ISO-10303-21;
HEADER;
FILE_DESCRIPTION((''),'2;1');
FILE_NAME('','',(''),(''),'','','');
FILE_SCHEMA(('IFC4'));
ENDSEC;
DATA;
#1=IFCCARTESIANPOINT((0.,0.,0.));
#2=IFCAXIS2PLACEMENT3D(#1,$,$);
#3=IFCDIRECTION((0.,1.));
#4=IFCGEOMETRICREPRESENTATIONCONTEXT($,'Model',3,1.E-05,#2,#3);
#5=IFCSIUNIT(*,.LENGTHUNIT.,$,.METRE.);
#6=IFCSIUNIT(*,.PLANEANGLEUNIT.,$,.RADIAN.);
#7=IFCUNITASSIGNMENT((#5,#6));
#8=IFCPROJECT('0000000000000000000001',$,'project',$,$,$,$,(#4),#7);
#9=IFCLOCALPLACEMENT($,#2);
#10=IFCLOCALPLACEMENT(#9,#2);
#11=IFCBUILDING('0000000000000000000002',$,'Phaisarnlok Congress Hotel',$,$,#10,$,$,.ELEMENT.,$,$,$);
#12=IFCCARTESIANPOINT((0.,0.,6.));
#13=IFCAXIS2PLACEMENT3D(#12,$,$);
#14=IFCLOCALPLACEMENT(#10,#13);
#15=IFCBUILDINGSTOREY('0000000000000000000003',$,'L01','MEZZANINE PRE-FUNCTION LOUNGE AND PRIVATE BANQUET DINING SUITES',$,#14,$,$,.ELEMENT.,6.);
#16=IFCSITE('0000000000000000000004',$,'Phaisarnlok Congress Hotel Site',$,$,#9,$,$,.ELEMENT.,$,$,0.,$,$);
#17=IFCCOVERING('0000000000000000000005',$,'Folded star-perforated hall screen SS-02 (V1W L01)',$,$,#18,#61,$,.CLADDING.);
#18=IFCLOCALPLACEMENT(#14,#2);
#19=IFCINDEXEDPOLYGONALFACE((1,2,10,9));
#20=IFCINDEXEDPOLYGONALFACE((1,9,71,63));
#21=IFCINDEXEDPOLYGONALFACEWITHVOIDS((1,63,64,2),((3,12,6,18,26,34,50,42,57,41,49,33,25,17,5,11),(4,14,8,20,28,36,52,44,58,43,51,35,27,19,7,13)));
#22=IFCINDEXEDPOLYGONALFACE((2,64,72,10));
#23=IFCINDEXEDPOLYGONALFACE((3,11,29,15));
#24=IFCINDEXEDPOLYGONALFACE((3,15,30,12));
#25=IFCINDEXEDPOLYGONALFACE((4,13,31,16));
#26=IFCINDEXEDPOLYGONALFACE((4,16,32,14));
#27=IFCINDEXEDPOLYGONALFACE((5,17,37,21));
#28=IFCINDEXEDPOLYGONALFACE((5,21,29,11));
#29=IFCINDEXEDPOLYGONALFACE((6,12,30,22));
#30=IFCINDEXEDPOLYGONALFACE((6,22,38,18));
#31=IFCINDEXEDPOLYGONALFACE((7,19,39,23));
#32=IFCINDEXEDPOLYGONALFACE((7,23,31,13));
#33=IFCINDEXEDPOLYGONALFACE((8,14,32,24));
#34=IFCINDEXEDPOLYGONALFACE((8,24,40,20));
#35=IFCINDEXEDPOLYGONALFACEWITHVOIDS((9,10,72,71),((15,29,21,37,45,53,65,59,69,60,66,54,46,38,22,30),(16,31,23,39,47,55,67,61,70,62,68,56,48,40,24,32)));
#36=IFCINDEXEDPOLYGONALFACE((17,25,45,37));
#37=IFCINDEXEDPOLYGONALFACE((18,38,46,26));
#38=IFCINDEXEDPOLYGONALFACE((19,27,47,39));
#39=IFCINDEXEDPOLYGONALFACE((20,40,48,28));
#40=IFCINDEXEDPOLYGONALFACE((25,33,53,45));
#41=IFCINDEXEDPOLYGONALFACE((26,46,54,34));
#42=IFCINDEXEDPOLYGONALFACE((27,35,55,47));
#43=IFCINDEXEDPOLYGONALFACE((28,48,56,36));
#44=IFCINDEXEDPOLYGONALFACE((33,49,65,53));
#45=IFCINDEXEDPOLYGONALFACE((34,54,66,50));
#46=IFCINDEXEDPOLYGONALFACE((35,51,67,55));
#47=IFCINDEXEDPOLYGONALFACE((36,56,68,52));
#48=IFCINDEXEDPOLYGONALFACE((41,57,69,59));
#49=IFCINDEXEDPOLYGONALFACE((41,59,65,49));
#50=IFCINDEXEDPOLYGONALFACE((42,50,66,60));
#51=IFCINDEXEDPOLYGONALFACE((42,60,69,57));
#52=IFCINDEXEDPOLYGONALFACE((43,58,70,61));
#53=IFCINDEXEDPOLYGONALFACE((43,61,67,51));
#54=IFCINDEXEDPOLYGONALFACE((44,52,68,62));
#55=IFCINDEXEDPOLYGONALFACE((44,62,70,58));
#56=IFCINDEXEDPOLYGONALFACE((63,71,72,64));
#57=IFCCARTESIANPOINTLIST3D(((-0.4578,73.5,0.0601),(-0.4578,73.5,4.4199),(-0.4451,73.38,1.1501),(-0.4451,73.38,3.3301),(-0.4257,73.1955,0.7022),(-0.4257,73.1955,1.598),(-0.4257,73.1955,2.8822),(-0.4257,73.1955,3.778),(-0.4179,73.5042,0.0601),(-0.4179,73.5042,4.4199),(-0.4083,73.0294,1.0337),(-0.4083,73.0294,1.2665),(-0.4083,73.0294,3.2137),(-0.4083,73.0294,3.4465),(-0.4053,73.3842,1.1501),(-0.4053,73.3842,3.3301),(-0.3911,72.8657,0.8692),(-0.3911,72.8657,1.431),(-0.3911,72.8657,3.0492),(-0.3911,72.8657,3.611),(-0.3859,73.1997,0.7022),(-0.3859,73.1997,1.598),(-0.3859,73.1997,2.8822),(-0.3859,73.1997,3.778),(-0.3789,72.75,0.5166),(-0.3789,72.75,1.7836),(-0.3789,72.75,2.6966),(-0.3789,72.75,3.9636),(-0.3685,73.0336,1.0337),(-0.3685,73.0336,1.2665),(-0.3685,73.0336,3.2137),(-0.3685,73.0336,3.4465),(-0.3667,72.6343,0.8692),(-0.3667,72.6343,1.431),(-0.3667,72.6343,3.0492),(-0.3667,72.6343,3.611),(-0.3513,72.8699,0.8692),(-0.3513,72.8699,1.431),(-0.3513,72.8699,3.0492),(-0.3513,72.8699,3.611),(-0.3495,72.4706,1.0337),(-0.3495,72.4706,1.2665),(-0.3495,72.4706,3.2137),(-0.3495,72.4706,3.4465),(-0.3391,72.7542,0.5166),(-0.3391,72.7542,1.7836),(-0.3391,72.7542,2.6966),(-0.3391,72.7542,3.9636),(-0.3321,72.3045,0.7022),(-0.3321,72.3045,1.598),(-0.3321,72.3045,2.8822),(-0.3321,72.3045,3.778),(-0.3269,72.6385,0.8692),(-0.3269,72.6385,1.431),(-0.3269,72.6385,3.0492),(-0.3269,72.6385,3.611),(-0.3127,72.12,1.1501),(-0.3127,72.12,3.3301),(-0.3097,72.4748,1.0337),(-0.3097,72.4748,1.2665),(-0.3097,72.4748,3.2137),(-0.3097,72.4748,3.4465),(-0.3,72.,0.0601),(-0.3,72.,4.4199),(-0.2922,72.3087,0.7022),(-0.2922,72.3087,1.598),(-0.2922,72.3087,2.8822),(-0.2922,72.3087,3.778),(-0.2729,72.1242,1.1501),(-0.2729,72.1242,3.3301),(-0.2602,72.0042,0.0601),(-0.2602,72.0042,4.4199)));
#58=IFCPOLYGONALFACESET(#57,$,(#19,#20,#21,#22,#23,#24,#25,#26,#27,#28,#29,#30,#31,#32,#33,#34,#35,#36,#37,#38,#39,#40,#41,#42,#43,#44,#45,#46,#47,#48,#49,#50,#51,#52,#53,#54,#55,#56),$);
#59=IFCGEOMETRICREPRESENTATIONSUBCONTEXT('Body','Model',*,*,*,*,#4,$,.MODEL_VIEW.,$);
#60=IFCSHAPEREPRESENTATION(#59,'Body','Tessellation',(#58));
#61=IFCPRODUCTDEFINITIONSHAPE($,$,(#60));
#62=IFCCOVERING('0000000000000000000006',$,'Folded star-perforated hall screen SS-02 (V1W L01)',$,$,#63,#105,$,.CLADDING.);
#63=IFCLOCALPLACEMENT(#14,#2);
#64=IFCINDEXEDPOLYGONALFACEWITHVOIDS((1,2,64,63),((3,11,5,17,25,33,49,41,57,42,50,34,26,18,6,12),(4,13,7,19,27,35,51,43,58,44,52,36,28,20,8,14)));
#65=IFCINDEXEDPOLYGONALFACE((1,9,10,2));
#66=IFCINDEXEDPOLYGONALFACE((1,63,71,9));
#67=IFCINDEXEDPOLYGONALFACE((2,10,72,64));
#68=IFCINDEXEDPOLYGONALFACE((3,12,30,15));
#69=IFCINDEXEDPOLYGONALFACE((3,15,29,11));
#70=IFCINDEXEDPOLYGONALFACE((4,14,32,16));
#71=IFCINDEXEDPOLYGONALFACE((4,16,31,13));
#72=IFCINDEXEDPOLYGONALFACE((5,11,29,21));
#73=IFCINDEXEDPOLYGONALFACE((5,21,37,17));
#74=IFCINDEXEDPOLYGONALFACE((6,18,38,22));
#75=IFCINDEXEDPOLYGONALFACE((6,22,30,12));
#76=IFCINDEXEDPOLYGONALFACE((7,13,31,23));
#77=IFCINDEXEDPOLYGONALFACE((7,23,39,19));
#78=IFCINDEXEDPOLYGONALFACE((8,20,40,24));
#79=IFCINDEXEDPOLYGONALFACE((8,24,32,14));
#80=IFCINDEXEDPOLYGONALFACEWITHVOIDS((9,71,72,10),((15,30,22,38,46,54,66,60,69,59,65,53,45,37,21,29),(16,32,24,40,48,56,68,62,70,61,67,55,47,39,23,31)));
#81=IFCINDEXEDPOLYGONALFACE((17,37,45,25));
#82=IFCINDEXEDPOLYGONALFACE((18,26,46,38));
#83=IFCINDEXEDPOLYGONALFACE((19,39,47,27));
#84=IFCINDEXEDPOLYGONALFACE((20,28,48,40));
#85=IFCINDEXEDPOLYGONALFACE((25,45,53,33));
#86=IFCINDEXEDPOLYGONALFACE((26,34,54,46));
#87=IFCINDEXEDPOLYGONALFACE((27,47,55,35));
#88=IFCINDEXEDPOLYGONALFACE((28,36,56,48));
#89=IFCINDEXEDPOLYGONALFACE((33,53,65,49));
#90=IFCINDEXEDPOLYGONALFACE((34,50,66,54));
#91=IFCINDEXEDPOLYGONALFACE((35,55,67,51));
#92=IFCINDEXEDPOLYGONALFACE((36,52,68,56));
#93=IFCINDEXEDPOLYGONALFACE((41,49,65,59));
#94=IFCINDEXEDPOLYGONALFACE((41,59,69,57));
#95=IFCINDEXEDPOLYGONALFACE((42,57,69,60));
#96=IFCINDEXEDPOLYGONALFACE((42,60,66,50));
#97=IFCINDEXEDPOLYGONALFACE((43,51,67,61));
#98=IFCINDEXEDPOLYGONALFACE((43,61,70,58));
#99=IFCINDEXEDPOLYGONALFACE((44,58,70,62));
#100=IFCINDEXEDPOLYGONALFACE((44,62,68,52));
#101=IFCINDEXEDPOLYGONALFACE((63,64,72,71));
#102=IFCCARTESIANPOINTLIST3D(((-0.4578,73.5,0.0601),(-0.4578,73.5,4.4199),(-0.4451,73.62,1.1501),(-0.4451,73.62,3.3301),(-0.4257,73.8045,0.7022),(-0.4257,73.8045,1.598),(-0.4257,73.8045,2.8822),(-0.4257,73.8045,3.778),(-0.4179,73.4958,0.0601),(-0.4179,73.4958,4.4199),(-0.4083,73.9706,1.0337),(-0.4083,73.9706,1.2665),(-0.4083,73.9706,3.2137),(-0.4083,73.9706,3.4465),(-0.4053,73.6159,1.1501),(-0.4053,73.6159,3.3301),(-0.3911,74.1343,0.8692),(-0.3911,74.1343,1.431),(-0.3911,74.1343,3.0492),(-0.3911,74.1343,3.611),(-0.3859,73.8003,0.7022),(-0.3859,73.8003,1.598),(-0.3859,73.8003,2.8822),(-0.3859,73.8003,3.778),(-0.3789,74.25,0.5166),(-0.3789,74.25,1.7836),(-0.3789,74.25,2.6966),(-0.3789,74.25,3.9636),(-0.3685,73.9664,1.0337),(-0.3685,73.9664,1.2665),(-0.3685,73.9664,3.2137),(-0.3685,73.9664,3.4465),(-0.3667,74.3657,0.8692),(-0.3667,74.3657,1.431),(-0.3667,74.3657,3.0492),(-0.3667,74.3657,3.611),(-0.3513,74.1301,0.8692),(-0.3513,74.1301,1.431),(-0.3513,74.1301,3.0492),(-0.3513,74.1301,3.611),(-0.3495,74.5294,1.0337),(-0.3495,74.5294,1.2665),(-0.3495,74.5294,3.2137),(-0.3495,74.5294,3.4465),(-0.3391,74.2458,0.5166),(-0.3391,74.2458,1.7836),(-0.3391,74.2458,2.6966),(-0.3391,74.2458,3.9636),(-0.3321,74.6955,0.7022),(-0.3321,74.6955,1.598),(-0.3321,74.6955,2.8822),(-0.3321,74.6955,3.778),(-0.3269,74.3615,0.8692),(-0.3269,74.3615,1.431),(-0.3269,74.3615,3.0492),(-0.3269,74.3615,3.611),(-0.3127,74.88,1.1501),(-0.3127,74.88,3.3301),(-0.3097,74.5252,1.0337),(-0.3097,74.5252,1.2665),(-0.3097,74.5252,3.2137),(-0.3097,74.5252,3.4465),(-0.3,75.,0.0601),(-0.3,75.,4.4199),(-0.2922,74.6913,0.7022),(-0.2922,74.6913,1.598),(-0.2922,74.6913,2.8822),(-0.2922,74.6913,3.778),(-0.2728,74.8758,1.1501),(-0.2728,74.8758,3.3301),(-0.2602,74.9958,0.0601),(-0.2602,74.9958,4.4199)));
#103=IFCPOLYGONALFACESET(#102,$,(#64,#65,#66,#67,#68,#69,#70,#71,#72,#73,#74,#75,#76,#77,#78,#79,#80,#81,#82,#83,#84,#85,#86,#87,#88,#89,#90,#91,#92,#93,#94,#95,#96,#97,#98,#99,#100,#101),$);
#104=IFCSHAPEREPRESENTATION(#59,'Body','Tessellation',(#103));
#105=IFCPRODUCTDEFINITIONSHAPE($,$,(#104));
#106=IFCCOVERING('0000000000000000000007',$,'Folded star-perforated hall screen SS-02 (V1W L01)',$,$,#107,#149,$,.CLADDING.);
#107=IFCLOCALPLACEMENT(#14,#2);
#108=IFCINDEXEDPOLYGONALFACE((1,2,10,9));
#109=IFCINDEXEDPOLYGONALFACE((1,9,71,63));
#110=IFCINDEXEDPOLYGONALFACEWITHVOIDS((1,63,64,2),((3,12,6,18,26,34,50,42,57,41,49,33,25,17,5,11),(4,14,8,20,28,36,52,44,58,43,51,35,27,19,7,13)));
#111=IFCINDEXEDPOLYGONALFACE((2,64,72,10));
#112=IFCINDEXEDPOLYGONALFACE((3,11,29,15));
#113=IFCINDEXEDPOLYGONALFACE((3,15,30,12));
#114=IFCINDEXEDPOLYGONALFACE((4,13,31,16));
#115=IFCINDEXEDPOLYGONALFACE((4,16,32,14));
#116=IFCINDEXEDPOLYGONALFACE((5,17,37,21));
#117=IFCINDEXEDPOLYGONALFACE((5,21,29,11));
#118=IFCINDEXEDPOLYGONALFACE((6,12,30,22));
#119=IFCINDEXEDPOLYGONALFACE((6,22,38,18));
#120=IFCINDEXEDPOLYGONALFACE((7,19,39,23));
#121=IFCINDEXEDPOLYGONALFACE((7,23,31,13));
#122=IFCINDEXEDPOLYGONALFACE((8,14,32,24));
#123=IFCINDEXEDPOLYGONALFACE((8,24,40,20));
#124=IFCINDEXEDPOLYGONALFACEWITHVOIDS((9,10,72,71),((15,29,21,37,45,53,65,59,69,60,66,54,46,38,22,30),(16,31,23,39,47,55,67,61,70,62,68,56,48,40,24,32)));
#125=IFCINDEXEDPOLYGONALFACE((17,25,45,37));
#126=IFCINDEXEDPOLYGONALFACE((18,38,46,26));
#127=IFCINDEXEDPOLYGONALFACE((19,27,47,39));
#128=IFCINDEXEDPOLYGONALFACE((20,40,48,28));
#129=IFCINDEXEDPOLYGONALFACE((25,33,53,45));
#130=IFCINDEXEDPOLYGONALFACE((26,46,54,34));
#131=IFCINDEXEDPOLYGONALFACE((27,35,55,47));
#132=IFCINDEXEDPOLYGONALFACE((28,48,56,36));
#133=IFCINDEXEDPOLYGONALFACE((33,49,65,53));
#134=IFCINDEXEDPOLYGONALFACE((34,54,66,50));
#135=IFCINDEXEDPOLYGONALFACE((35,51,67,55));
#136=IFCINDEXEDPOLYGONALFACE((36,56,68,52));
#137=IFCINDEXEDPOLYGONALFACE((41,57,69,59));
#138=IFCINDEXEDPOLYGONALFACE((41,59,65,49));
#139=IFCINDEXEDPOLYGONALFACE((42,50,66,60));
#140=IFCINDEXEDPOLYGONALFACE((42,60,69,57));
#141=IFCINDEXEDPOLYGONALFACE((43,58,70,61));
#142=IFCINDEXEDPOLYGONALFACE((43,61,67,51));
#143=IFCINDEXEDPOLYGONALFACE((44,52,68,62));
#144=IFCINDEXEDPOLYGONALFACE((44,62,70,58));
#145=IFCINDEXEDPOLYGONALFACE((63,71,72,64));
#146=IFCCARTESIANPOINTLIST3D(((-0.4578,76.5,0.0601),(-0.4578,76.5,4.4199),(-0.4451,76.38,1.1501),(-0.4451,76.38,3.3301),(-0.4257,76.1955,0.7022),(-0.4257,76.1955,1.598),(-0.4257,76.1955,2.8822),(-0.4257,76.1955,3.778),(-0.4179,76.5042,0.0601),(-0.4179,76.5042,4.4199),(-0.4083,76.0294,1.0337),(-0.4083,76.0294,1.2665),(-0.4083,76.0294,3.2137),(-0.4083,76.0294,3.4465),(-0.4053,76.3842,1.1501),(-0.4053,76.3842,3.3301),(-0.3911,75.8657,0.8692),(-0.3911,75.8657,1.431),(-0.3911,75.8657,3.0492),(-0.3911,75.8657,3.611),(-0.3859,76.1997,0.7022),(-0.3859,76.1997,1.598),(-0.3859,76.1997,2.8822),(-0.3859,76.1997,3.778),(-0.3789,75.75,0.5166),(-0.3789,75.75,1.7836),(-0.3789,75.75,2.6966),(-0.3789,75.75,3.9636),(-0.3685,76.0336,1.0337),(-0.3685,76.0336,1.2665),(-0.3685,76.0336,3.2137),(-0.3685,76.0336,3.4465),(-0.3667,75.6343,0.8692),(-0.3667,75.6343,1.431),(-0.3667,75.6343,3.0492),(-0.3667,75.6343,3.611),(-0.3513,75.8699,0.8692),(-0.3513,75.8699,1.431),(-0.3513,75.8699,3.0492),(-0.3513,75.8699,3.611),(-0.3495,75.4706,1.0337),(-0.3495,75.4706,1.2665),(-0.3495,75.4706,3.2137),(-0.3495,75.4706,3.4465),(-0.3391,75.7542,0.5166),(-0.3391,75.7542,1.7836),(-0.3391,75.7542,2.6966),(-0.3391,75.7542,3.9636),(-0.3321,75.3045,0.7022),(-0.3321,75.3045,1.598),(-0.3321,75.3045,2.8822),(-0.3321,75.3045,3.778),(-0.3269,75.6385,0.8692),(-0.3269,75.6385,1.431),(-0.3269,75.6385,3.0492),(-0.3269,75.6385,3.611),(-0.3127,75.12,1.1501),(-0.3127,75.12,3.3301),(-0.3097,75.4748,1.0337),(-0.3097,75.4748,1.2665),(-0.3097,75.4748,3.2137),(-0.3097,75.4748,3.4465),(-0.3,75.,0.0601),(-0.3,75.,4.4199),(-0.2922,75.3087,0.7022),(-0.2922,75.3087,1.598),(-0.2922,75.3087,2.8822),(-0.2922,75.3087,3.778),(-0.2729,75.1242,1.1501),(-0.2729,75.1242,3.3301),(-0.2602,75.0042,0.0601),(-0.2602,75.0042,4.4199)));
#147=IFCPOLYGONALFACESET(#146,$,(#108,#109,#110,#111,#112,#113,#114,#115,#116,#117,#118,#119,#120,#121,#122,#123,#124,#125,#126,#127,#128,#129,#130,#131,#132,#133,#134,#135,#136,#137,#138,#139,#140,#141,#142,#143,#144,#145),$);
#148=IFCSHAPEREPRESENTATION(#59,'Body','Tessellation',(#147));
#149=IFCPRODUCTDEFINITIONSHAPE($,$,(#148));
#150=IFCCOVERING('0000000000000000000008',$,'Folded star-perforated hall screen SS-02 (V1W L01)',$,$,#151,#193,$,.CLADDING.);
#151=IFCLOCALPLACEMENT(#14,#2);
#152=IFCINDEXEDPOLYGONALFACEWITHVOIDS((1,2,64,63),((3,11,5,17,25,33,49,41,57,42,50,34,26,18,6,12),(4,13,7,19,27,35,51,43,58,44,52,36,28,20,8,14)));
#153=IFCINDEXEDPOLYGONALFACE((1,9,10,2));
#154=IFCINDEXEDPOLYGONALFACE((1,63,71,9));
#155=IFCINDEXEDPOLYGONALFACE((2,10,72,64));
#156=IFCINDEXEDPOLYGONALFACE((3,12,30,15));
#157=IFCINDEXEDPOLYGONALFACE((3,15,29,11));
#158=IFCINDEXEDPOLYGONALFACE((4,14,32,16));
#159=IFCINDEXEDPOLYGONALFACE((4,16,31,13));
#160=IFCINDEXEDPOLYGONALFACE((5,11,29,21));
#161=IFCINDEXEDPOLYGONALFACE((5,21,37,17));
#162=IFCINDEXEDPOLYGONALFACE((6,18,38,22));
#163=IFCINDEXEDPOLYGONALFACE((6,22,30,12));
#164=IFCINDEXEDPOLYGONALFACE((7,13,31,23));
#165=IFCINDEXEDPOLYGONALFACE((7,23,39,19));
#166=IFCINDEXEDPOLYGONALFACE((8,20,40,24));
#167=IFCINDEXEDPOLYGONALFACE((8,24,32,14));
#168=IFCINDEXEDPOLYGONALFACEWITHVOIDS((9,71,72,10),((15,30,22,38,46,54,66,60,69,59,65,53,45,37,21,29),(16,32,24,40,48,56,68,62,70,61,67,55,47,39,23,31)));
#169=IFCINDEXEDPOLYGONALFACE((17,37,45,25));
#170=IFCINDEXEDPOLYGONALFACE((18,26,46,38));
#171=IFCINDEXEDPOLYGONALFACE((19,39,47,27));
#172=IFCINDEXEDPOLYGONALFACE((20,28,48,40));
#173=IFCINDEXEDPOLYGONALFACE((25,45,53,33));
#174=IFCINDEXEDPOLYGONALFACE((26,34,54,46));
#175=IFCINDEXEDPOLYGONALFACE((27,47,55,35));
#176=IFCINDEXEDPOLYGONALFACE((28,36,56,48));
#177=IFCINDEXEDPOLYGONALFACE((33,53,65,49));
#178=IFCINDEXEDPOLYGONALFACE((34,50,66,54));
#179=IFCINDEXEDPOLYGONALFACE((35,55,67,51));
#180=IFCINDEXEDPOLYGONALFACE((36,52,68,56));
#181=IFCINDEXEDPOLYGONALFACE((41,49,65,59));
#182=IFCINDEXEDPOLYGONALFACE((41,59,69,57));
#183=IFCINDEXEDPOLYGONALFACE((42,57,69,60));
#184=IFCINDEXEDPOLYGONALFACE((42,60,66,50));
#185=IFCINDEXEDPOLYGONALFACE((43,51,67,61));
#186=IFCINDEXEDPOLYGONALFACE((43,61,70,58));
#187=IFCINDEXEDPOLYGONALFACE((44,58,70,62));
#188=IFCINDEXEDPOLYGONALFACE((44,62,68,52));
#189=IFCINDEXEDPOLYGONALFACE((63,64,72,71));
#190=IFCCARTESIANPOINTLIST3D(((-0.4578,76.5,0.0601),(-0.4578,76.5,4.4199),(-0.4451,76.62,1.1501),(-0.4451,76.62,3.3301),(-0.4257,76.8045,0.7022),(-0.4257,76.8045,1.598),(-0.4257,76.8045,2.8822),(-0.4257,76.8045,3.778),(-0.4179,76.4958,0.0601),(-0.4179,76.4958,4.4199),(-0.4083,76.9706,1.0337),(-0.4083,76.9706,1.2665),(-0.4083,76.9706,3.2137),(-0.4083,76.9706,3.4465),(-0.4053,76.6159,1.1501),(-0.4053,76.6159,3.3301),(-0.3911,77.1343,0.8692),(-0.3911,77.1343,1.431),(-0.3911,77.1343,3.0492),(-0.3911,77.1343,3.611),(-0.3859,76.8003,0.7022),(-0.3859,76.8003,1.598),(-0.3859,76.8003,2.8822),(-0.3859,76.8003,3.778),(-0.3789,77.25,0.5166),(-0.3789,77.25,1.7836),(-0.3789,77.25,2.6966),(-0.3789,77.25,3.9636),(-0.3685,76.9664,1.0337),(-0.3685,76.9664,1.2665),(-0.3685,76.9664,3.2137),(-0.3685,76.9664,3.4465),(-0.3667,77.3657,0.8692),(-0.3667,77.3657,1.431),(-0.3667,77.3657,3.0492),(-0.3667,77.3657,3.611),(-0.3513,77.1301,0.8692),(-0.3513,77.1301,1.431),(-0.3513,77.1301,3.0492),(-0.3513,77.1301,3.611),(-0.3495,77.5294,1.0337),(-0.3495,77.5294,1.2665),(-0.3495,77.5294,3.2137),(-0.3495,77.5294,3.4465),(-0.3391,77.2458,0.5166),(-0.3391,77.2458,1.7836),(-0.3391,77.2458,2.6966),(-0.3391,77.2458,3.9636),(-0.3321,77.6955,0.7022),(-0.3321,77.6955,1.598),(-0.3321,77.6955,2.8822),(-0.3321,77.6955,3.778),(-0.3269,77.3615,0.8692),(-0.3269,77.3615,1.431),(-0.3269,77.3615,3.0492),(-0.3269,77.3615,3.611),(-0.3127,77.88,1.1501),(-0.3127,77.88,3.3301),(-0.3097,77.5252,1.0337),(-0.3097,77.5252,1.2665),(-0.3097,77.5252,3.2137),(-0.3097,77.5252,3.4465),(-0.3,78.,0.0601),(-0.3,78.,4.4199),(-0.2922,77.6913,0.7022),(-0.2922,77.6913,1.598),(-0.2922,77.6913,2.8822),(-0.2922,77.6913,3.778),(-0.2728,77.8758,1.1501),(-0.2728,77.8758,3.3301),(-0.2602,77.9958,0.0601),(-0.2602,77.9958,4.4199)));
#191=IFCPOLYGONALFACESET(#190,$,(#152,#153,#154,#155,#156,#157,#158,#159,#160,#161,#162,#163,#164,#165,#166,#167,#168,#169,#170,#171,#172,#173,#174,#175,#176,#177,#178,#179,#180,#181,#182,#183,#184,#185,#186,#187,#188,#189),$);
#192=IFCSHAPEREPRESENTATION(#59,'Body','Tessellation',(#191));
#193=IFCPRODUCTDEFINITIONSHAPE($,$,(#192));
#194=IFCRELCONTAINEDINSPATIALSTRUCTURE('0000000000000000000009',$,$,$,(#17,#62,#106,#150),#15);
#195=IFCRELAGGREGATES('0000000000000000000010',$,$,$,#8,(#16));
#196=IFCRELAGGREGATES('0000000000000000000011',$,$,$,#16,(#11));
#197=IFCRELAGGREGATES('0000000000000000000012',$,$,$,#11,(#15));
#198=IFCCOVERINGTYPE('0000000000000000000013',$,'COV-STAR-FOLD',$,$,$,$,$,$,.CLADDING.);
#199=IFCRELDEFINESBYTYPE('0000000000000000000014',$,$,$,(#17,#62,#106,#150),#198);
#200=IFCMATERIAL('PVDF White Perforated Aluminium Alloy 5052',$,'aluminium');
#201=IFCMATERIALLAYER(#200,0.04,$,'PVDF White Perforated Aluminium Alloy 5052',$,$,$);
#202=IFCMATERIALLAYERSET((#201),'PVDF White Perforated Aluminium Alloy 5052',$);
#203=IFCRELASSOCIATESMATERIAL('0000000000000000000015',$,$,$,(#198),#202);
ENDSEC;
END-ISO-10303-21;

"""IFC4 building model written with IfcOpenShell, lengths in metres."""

from ifc_helpers import new_model, si_unit, direction, frame, origin, place, context, subcontext, project, spatial, polyline, outline, extrude, material, layer, layer_set, type_object, element, save


model = new_model("IFC4")

# Units and contexts
model_context = context("Model", 3, precision=1e-05, world=origin(), true_north=direction((0.0, 1.0)))
body_context = subcontext(model_context, "Body", "Model", "MODEL_VIEW")
ifc_project = project(units=[si_unit("LENGTHUNIT", "METRE"), si_unit("PLANEANGLEUNIT", "RADIAN")], contexts=[model_context])

# Site, building, storey
site_placement = place(None, origin())
site = spatial("IfcSite", under=ifc_project, at=site_placement, Name="Phaisarnlok Congress Hotel Site", CompositionType="ELEMENT", RefElevation=0.0)
building_placement = place(site_placement, origin())
building = spatial("IfcBuilding", under=site, at=building_placement, Name="Phaisarnlok Congress Hotel", CompositionType="ELEMENT")
storey_placement = place(building_placement, frame((0.0, 0.0, 6.0)))
storey = spatial("IfcBuildingStorey", under=building, at=storey_placement, Name="L01", Description="MEZZANINE PRE-FUNCTION LOUNGE AND PRIVATE BANQUET DINING SUITES", CompositionType="ELEMENT", Elevation=6.0)

# Coverings
ifc_material_1 = material(Name="PVDF White Perforated Aluminium Alloy 5052", Category="aluminium")
ifc_layer = layer(ifc_material_1, 0.04, Name="PVDF White Perforated Aluminium Alloy 5052")
ifc_layer_set = layer_set([ifc_layer], Name="PVDF White Perforated Aluminium Alloy 5052")
covering_type = type_object("IfcCoveringType", Name="COV-STAR-FOLD", PredefinedType="CLADDING", material=ifc_layer_set)
for number, where, z_axis, x_axis, name in (
    (1, (-0.3, 72.0, 0.0601), (0.994518, 0.104567, 0.0), (-0.104567, 0.994518, 0.0), "Folded star-perforated hall screen SS-02 (V1W L01)"),
    (2, (-0.4578, 73.5, 0.0601), (0.994518, -0.104567, 0.0), (0.104567, 0.994518, 0.0), "Folded star-perforated hall screen SS-02 (V1W L01)"),
    (3, (-0.3, 75.0, 0.0601), (0.994518, 0.104567, 0.0), (-0.104567, 0.994518, 0.0), "Folded star-perforated hall screen SS-02 (V1W L01)"),
    (4, (-0.4578, 76.5, 0.0601), (0.994518, -0.104567, 0.0), (0.104567, 0.994518, 0.0), "Folded star-perforated hall screen SS-02 (V1W L01)"),
):
    element("IfcCovering", number, at=place(storey_placement, frame(where, z_axis=z_axis, x_axis=x_axis)), inside=storey, type_object=covering_type, Name=name, PredefinedType="CLADDING", context=body_context, shape_type="SweptSolid", body=[
        extrude(outline(polyline([(0.0, 0.0), (1.5083, 0.0), (1.5083, 4.3599), (0.0, 4.3599), (0.0, 0.0)]), holes=[polyline([(1.0351, 0.9736), (1.2021, 0.6421), (0.8705, 0.8091), (0.7541, 0.4565), (0.6378, 0.8091), (0.3062, 0.6421), (0.4732, 0.9736), (0.1207, 1.09), (0.4732, 1.2064), (0.3062, 1.5379), (0.6378, 1.3709), (0.7541, 1.7235), (0.8705, 1.3709), (1.2021, 1.5379), (1.0351, 1.2064), (1.3876, 1.09), (1.0351, 0.9736)]), polyline([(1.0351, 3.1536), (1.2021, 2.8221), (0.8705, 2.9891), (0.7541, 2.6365), (0.6378, 2.9891), (0.3062, 2.8221), (0.4732, 3.1536), (0.1207, 3.27), (0.4732, 3.3864), (0.3062, 3.7179), (0.6378, 3.5509), (0.7541, 3.9035), (0.8705, 3.5509), (1.2021, 3.7179), (1.0351, 3.3864), (1.3876, 3.27), (1.0351, 3.1536)])]), origin(), (0.0, 0.0, 1.0), 0.04),
    ])

save(model, "model.ifc")
